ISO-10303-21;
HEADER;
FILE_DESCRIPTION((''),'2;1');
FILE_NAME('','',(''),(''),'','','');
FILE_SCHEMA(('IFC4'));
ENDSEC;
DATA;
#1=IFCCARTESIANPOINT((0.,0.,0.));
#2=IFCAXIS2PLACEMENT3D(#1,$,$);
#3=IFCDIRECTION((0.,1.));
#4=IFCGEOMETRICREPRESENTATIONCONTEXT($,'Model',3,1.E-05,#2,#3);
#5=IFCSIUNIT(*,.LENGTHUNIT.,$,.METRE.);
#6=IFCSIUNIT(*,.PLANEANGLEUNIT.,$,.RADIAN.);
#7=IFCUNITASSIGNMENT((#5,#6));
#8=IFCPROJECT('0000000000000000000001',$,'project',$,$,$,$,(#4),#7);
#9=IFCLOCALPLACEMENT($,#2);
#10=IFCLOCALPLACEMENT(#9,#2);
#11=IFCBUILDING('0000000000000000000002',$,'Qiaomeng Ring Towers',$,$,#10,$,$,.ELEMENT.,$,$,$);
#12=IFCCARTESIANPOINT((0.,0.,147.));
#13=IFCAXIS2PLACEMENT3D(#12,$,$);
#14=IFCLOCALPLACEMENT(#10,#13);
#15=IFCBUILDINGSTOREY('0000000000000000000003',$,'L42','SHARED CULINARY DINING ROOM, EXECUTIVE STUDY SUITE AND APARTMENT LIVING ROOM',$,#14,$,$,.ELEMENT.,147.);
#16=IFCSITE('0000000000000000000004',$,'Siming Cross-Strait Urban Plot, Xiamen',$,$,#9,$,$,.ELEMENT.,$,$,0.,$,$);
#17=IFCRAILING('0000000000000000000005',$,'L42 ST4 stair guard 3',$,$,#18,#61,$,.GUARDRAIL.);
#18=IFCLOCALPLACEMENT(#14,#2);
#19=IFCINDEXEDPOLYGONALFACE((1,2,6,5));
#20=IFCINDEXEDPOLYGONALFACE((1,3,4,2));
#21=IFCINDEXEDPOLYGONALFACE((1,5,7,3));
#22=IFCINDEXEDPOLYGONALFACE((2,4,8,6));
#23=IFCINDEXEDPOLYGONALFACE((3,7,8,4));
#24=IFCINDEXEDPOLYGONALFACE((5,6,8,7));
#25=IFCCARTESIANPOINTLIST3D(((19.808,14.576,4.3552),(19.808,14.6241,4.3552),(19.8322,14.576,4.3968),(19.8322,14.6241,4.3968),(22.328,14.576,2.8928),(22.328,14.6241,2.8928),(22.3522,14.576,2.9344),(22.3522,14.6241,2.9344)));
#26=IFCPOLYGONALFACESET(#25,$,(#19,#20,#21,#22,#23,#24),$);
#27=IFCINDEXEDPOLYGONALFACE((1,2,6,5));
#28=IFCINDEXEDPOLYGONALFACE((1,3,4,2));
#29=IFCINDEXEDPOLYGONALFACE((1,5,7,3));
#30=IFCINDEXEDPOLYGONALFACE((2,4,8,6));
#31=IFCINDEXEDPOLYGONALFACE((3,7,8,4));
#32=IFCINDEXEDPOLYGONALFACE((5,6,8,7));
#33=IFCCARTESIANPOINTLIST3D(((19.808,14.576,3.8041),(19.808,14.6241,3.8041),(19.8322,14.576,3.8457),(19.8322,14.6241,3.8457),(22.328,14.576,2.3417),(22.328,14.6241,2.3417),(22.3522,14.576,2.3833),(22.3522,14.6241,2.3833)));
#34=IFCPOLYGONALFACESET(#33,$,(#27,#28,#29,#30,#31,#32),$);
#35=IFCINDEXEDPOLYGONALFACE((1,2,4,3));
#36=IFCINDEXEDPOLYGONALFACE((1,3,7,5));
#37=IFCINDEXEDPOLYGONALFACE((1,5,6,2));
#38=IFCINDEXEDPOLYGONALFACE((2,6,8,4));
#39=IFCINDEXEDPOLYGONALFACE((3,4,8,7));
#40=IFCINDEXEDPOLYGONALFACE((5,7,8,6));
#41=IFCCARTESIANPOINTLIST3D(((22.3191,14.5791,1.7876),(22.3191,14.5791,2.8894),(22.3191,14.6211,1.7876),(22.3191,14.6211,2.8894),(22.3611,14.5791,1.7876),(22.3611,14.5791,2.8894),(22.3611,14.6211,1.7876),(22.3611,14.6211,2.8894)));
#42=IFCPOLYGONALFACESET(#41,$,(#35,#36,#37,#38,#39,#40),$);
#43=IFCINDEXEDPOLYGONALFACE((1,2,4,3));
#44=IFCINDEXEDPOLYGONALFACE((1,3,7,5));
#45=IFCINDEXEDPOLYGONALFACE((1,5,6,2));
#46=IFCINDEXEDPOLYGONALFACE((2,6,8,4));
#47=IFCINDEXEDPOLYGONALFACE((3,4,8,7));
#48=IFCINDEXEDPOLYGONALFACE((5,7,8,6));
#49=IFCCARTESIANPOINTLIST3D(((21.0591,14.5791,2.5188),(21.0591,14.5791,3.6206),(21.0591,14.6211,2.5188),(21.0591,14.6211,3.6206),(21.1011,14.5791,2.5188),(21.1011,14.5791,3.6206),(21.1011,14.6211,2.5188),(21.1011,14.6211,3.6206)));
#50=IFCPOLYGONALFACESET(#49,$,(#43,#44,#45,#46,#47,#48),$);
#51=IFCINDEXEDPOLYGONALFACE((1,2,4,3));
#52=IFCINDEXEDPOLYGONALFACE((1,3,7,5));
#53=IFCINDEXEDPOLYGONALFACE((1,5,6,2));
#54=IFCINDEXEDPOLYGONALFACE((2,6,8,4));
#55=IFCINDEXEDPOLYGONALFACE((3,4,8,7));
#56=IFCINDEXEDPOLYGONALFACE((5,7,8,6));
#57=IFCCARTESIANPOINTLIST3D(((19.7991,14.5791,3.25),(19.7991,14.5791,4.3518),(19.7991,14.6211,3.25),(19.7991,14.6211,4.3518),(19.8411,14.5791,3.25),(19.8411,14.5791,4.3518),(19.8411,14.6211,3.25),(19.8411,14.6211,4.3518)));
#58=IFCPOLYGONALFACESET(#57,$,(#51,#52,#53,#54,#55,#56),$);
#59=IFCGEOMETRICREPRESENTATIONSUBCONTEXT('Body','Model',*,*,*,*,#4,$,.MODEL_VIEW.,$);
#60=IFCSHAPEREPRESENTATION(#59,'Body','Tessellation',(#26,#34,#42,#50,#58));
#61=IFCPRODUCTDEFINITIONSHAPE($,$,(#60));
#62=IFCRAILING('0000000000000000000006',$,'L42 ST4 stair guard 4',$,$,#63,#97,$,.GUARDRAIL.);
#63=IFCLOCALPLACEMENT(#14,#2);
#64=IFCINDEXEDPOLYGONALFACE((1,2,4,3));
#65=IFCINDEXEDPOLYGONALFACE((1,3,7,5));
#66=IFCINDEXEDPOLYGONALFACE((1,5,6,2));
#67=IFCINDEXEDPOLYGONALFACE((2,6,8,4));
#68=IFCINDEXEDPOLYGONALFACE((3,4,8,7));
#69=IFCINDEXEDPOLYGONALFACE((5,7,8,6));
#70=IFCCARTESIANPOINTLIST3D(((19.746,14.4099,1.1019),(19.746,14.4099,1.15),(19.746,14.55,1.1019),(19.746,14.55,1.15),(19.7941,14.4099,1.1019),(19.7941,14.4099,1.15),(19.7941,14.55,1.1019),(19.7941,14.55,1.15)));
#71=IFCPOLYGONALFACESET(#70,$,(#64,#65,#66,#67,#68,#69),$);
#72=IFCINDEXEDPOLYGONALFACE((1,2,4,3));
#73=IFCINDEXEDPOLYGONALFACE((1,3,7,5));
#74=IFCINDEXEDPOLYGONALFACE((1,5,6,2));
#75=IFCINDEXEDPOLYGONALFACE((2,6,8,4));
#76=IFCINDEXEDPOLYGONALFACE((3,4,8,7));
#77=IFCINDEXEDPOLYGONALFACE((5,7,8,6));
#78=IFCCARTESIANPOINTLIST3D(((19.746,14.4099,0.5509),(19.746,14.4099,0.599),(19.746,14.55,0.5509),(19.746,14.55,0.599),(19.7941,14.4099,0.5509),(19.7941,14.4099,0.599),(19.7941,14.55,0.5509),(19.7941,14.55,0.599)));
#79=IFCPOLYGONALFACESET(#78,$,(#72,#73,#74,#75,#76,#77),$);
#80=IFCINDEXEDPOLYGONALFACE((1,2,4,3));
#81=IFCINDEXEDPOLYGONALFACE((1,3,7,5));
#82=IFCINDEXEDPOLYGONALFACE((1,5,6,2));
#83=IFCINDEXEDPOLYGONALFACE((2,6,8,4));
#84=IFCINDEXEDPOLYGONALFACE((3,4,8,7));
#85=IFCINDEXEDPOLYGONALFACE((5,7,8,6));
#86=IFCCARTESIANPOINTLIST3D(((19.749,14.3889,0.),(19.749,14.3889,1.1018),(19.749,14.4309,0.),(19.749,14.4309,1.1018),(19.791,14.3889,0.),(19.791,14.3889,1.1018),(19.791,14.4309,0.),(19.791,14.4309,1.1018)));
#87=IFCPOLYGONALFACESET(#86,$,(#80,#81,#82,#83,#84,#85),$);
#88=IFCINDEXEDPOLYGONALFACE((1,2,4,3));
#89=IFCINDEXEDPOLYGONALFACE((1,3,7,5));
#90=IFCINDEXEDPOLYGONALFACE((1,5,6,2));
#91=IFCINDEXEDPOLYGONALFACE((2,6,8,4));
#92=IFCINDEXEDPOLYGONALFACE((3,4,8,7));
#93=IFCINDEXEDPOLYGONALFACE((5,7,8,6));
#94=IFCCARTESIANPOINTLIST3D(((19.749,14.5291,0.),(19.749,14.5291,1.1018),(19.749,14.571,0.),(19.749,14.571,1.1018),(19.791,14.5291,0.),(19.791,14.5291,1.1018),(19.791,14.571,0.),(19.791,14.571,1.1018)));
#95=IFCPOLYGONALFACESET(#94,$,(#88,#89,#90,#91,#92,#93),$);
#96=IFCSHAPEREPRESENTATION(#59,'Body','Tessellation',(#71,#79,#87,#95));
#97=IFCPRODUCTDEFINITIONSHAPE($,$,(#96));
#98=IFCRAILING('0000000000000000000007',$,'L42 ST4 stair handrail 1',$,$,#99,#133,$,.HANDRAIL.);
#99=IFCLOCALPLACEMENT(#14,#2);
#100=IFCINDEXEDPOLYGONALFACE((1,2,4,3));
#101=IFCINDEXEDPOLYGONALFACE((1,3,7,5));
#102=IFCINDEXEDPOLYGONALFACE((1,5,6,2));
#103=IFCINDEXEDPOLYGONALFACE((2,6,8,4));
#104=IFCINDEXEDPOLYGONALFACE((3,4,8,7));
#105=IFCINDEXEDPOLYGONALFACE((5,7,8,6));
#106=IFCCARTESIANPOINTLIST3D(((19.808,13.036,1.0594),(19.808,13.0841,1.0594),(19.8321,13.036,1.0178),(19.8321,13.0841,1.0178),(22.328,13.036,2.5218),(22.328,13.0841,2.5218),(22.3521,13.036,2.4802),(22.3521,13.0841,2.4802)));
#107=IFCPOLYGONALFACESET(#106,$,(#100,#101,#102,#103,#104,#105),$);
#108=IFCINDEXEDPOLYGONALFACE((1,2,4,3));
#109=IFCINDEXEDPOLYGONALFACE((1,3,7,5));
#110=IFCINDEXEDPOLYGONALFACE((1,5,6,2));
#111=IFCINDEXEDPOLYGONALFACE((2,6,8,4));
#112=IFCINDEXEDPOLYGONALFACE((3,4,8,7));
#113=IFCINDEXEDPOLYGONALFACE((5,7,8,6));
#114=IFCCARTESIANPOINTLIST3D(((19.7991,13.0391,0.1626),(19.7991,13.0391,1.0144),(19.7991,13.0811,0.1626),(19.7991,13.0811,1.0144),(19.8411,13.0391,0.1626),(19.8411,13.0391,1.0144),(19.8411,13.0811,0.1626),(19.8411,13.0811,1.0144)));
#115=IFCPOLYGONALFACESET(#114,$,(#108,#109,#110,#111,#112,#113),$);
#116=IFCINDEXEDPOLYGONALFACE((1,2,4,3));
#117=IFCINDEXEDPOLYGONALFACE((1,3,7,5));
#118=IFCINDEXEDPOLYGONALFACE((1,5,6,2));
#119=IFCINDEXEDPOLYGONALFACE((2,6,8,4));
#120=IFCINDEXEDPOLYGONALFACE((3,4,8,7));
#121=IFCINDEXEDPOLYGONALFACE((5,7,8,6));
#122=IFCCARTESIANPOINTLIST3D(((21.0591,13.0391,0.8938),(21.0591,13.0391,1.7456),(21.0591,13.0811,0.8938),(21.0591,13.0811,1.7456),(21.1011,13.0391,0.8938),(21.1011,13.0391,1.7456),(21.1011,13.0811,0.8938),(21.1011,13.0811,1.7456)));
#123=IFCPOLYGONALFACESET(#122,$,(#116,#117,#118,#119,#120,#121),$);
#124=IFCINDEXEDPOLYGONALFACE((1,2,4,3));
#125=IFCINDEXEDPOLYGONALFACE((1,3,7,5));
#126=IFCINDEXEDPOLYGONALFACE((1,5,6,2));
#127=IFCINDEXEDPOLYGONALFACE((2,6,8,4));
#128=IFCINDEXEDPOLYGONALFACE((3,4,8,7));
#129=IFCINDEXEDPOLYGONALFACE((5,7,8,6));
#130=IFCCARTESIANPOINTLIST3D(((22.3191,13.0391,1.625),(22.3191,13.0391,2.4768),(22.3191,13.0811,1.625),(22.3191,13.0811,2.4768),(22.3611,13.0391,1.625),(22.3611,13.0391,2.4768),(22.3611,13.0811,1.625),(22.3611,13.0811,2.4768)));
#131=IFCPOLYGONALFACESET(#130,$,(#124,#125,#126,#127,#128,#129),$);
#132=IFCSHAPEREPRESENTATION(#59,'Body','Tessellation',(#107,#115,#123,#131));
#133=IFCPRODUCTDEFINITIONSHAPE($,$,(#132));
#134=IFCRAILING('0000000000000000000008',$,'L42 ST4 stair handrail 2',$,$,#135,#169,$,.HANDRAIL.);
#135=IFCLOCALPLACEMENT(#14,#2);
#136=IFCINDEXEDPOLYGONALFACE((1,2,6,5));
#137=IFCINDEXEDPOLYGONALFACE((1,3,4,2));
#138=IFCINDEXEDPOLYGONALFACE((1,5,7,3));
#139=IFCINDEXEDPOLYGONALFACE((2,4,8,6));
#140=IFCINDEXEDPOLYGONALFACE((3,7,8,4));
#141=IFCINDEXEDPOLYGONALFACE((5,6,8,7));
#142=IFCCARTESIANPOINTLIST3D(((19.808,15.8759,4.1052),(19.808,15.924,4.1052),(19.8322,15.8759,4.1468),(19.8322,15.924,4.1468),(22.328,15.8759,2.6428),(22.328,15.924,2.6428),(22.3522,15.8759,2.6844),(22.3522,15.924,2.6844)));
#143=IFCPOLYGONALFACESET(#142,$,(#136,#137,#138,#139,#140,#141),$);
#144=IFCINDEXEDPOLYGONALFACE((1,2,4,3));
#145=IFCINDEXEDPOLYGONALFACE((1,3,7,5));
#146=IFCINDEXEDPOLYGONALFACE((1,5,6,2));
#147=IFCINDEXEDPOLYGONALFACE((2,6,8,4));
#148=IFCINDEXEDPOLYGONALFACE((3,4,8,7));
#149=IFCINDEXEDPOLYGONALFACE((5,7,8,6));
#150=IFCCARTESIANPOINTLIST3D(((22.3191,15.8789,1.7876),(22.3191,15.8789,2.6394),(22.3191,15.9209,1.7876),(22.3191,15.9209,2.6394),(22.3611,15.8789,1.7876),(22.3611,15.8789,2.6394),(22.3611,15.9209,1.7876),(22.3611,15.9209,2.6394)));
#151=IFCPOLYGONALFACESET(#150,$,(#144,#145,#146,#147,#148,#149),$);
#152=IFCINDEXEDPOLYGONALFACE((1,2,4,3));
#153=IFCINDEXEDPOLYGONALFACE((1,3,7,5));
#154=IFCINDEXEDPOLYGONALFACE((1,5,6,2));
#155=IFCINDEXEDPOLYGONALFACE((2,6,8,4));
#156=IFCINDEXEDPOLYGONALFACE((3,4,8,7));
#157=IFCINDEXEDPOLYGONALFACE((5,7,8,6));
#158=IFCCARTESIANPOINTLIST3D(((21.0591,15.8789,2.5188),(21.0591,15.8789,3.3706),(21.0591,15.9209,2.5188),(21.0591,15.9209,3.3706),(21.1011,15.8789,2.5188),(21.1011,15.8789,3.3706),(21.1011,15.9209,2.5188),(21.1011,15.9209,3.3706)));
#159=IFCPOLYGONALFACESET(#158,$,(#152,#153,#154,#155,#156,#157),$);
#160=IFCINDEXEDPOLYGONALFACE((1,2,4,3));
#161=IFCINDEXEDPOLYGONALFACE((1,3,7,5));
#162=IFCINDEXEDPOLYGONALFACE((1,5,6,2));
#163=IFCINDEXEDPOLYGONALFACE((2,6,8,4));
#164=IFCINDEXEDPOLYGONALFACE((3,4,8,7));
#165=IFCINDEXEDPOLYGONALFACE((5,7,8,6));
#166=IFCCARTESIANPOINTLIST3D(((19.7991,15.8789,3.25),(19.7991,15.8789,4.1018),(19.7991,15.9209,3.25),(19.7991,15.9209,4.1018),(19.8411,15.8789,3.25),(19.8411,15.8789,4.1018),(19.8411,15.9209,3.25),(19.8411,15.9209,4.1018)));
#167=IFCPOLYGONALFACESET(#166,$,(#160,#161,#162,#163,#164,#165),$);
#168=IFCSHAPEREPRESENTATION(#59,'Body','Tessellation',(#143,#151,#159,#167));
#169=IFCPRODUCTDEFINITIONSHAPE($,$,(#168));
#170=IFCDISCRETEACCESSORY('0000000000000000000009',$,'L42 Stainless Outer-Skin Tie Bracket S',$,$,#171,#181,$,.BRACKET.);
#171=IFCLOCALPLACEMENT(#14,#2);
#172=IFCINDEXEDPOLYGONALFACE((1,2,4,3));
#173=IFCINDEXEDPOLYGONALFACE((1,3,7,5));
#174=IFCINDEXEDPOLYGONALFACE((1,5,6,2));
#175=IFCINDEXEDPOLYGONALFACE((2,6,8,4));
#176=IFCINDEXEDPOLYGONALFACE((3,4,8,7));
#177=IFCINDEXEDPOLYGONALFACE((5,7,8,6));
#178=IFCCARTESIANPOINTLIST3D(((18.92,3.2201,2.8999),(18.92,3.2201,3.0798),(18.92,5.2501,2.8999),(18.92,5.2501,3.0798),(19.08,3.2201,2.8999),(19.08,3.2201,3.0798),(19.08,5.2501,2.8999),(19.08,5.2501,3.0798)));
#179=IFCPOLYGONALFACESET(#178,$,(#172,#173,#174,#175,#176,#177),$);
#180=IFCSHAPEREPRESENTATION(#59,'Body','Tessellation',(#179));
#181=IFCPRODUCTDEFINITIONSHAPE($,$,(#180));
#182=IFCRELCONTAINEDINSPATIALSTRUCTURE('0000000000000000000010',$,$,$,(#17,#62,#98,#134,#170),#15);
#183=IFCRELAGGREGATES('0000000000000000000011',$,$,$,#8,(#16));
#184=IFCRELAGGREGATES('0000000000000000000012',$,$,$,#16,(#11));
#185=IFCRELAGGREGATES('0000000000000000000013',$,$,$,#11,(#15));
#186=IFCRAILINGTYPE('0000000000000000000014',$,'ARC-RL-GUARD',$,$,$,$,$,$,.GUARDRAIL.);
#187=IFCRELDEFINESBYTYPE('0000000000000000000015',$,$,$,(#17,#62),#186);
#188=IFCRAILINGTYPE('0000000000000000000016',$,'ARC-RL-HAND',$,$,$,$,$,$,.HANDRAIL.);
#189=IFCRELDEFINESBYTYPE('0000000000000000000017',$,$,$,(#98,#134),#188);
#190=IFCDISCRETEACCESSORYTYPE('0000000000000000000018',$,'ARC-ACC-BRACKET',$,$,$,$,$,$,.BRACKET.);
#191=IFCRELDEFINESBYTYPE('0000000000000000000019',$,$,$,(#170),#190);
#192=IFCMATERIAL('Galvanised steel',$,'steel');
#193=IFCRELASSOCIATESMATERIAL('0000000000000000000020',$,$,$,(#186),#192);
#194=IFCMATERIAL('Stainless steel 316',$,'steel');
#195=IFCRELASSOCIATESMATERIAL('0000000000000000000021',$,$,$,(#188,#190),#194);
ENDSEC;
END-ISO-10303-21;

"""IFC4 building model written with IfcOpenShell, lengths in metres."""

from ifc_helpers import new_model, si_unit, direction, frame, origin, origin_2d, place, context, subcontext, project, spatial, rectangle, extrude, source, transform, mapped, material, type_object, element, save


model = new_model("IFC4")

# Units and contexts
model_context = context("Model", 3, precision=1e-05, world=origin(), true_north=direction((0.0, 1.0)))
body_context = subcontext(model_context, "Body", "Model", "MODEL_VIEW")
ifc_project = project(units=[si_unit("LENGTHUNIT", "METRE"), si_unit("PLANEANGLEUNIT", "RADIAN")], contexts=[model_context])

# Site, building, storey
site_placement = place(None, origin())
site = spatial("IfcSite", under=ifc_project, at=site_placement, Name="Siming Cross-Strait Urban Plot, Xiamen", CompositionType="ELEMENT", RefElevation=0.0)
building_placement = place(site_placement, origin())
building = spatial("IfcBuilding", under=site, at=building_placement, Name="Qiaomeng Ring Towers", CompositionType="ELEMENT")
storey_placement = place(building_placement, frame((0.0, 0.0, 147.0)))
storey = spatial("IfcBuildingStorey", under=building, at=storey_placement, Name="L42", Description="SHARED CULINARY DINING ROOM, EXECUTIVE STUDY SUITE AND APARTMENT LIVING ROOM", CompositionType="ELEMENT", Elevation=147.0)

# Shared definitions
ifc_material_1 = material(Name="Galvanised steel", Category="steel")

# Railings
railing_type_1 = type_object("IfcRailingType", Name="ARC-RL-GUARD", PredefinedType="GUARDRAIL", material=ifc_material_1)
railing_1_placement = place(storey_placement, frame((22.3401, 14.6001, 1.7876)))
element("IfcRailing", 1, at=railing_1_placement, inside=storey, type_object=railing_type_1, Name="L42 ST4 stair guard 3", PredefinedType="GUARDRAIL", context=body_context, shape_type="SweptSolid", body=[
    extrude(rectangle(XDim=0.0481, YDim=0.0481, at=origin_2d()), frame((0.0, 0.0, 1.126), z_axis=(-0.864913, 0.0, 0.501921), x_axis=(0.0, -1.0, 0.0)), (0.0, 0.0, 1.0), 2.9136),
    extrude(rectangle(XDim=0.0481, YDim=0.0481, at=origin_2d()), frame((0.0, 0.0, 0.575), z_axis=(-0.864913, 0.0, 0.501921), x_axis=(0.0, -1.0, 0.0)), (0.0, 0.0, 1.0), 2.9136),
    extrude(rectangle(XDim=0.042, YDim=0.042, at=origin_2d()), origin(), (0.0, 0.0, 1.0), 1.1018),
    extrude(rectangle(XDim=0.042, YDim=0.042, at=origin_2d()), frame((-1.26, 0.0, 0.7312)), (0.0, 0.0, 1.0), 1.1018),
    extrude(rectangle(XDim=0.042, YDim=0.042, at=origin_2d()), frame((-2.52, 0.0, 1.4624)), (0.0, 0.0, 1.0), 1.1018),
])
railing_2_placement = place(storey_placement, frame((19.77, 14.4099, 0.0)))
element("IfcRailing", 2, at=railing_2_placement, inside=storey, type_object=railing_type_1, Name="L42 ST4 stair guard 4", PredefinedType="GUARDRAIL", context=body_context, shape_type="SweptSolid", body=[
    extrude(rectangle(XDim=0.0481, YDim=0.0481, at=origin_2d()), frame((0.0, 0.0, 1.126), z_axis=(0.0, 1.0, 0.0), x_axis=(-1.0, 0.0, 0.0)), (0.0, 0.0, 1.0), 0.1401),
    extrude(rectangle(XDim=0.0481, YDim=0.0481, at=origin_2d()), frame((0.0, 0.0, 0.575), z_axis=(0.0, 1.0, 0.0), x_axis=(-1.0, 0.0, 0.0)), (0.0, 0.0, 1.0), 0.1401),
    extrude(rectangle(XDim=0.042, YDim=0.042, at=origin_2d()), origin(), (0.0, 0.0, 1.0), 1.1018),
    extrude(rectangle(XDim=0.042, YDim=0.042, at=origin_2d()), frame((0.0, 0.1401, 0.0)), (0.0, 0.0, 1.0), 1.1018),
])
ifc_material_2 = material(Name="Stainless steel 316", Category="steel")
railing_type_2 = type_object("IfcRailingType", Name="ARC-RL-HAND", PredefinedType="HANDRAIL", material=ifc_material_2)
railing_3_placement = place(storey_placement, frame((19.8201, 13.0601, 0.1626)))
element("IfcRailing", 3, at=railing_3_placement, inside=storey, type_object=railing_type_2, Name="L42 ST4 stair handrail 1", PredefinedType="HANDRAIL", context=body_context, shape_type="SweptSolid", body=[
    extrude(rectangle(XDim=0.0481, YDim=0.0481, at=origin_2d()), frame((0.0, 0.0, 0.876), z_axis=(0.864913, 0.0, 0.501921), x_axis=(0.0, 1.0, 0.0)), (0.0, 0.0, 1.0), 2.9136),
    extrude(rectangle(XDim=0.042, YDim=0.042, at=origin_2d()), origin(), (0.0, 0.0, 1.0), 0.8518),
    extrude(rectangle(XDim=0.042, YDim=0.042, at=origin_2d()), frame((1.26, 0.0, 0.7312)), (0.0, 0.0, 1.0), 0.8518),
    extrude(rectangle(XDim=0.042, YDim=0.042, at=origin_2d()), frame((2.52, 0.0, 1.4624)), (0.0, 0.0, 1.0), 0.8518),
])
railing_4_placement = place(storey_placement, frame((22.3401, 15.8999, 1.7876)))
element("IfcRailing", 4, at=railing_4_placement, inside=storey, type_object=railing_type_2, Name="L42 ST4 stair handrail 2", PredefinedType="HANDRAIL", context=body_context, shape_type="SweptSolid", body=[
    extrude(rectangle(XDim=0.0481, YDim=0.0481, at=origin_2d()), frame((0.0, 0.0, 0.876), z_axis=(-0.864913, 0.0, 0.501921), x_axis=(0.0, -1.0, 0.0)), (0.0, 0.0, 1.0), 2.9136),
    extrude(rectangle(XDim=0.042, YDim=0.042, at=origin_2d()), origin(), (0.0, 0.0, 1.0), 0.8518),
    extrude(rectangle(XDim=0.042, YDim=0.042, at=origin_2d()), frame((-1.26, 0.0, 0.7312)), (0.0, 0.0, 1.0), 0.8518),
    extrude(rectangle(XDim=0.042, YDim=0.042, at=origin_2d()), frame((-2.52, 0.0, 1.4624)), (0.0, 0.0, 1.0), 0.8518),
])

# Discrete accessory
discrete_accessory_type = type_object("IfcDiscreteAccessoryType", Name="ARC-ACC-BRACKET", PredefinedType="BRACKET", material=ifc_material_2)
shared_shape_1 = source(origin(), body_context, "Body", "SweptSolid", [
    extrude(rectangle(XDim=0.1599, YDim=2.03, at=origin_2d()), origin(), (0.0, 0.0, 1.0), 0.1799),
])
discrete_accessory_placement = place(storey_placement, frame((19.0, 4.2351, 2.8999), z_axis=(0.0, 0.0, 1.0), x_axis=(1.0, 0.0, 0.0)))
element("IfcDiscreteAccessory", 5, at=discrete_accessory_placement, inside=storey, type_object=discrete_accessory_type, Name="L42 Stainless Outer-Skin Tie Bracket S", PredefinedType="BRACKET", context=body_context, shape_type="MappedRepresentation", body=[
    mapped(shared_shape_1, transform((0.0, 0.0, 0.0), x_axis=(1.0, 0.0, 0.0), y_axis=(0.0, 1.0, 0.0), z_axis=(0.0, 0.0, 1.0), scale=1.0)),
])

save(model, "model.ifc")
